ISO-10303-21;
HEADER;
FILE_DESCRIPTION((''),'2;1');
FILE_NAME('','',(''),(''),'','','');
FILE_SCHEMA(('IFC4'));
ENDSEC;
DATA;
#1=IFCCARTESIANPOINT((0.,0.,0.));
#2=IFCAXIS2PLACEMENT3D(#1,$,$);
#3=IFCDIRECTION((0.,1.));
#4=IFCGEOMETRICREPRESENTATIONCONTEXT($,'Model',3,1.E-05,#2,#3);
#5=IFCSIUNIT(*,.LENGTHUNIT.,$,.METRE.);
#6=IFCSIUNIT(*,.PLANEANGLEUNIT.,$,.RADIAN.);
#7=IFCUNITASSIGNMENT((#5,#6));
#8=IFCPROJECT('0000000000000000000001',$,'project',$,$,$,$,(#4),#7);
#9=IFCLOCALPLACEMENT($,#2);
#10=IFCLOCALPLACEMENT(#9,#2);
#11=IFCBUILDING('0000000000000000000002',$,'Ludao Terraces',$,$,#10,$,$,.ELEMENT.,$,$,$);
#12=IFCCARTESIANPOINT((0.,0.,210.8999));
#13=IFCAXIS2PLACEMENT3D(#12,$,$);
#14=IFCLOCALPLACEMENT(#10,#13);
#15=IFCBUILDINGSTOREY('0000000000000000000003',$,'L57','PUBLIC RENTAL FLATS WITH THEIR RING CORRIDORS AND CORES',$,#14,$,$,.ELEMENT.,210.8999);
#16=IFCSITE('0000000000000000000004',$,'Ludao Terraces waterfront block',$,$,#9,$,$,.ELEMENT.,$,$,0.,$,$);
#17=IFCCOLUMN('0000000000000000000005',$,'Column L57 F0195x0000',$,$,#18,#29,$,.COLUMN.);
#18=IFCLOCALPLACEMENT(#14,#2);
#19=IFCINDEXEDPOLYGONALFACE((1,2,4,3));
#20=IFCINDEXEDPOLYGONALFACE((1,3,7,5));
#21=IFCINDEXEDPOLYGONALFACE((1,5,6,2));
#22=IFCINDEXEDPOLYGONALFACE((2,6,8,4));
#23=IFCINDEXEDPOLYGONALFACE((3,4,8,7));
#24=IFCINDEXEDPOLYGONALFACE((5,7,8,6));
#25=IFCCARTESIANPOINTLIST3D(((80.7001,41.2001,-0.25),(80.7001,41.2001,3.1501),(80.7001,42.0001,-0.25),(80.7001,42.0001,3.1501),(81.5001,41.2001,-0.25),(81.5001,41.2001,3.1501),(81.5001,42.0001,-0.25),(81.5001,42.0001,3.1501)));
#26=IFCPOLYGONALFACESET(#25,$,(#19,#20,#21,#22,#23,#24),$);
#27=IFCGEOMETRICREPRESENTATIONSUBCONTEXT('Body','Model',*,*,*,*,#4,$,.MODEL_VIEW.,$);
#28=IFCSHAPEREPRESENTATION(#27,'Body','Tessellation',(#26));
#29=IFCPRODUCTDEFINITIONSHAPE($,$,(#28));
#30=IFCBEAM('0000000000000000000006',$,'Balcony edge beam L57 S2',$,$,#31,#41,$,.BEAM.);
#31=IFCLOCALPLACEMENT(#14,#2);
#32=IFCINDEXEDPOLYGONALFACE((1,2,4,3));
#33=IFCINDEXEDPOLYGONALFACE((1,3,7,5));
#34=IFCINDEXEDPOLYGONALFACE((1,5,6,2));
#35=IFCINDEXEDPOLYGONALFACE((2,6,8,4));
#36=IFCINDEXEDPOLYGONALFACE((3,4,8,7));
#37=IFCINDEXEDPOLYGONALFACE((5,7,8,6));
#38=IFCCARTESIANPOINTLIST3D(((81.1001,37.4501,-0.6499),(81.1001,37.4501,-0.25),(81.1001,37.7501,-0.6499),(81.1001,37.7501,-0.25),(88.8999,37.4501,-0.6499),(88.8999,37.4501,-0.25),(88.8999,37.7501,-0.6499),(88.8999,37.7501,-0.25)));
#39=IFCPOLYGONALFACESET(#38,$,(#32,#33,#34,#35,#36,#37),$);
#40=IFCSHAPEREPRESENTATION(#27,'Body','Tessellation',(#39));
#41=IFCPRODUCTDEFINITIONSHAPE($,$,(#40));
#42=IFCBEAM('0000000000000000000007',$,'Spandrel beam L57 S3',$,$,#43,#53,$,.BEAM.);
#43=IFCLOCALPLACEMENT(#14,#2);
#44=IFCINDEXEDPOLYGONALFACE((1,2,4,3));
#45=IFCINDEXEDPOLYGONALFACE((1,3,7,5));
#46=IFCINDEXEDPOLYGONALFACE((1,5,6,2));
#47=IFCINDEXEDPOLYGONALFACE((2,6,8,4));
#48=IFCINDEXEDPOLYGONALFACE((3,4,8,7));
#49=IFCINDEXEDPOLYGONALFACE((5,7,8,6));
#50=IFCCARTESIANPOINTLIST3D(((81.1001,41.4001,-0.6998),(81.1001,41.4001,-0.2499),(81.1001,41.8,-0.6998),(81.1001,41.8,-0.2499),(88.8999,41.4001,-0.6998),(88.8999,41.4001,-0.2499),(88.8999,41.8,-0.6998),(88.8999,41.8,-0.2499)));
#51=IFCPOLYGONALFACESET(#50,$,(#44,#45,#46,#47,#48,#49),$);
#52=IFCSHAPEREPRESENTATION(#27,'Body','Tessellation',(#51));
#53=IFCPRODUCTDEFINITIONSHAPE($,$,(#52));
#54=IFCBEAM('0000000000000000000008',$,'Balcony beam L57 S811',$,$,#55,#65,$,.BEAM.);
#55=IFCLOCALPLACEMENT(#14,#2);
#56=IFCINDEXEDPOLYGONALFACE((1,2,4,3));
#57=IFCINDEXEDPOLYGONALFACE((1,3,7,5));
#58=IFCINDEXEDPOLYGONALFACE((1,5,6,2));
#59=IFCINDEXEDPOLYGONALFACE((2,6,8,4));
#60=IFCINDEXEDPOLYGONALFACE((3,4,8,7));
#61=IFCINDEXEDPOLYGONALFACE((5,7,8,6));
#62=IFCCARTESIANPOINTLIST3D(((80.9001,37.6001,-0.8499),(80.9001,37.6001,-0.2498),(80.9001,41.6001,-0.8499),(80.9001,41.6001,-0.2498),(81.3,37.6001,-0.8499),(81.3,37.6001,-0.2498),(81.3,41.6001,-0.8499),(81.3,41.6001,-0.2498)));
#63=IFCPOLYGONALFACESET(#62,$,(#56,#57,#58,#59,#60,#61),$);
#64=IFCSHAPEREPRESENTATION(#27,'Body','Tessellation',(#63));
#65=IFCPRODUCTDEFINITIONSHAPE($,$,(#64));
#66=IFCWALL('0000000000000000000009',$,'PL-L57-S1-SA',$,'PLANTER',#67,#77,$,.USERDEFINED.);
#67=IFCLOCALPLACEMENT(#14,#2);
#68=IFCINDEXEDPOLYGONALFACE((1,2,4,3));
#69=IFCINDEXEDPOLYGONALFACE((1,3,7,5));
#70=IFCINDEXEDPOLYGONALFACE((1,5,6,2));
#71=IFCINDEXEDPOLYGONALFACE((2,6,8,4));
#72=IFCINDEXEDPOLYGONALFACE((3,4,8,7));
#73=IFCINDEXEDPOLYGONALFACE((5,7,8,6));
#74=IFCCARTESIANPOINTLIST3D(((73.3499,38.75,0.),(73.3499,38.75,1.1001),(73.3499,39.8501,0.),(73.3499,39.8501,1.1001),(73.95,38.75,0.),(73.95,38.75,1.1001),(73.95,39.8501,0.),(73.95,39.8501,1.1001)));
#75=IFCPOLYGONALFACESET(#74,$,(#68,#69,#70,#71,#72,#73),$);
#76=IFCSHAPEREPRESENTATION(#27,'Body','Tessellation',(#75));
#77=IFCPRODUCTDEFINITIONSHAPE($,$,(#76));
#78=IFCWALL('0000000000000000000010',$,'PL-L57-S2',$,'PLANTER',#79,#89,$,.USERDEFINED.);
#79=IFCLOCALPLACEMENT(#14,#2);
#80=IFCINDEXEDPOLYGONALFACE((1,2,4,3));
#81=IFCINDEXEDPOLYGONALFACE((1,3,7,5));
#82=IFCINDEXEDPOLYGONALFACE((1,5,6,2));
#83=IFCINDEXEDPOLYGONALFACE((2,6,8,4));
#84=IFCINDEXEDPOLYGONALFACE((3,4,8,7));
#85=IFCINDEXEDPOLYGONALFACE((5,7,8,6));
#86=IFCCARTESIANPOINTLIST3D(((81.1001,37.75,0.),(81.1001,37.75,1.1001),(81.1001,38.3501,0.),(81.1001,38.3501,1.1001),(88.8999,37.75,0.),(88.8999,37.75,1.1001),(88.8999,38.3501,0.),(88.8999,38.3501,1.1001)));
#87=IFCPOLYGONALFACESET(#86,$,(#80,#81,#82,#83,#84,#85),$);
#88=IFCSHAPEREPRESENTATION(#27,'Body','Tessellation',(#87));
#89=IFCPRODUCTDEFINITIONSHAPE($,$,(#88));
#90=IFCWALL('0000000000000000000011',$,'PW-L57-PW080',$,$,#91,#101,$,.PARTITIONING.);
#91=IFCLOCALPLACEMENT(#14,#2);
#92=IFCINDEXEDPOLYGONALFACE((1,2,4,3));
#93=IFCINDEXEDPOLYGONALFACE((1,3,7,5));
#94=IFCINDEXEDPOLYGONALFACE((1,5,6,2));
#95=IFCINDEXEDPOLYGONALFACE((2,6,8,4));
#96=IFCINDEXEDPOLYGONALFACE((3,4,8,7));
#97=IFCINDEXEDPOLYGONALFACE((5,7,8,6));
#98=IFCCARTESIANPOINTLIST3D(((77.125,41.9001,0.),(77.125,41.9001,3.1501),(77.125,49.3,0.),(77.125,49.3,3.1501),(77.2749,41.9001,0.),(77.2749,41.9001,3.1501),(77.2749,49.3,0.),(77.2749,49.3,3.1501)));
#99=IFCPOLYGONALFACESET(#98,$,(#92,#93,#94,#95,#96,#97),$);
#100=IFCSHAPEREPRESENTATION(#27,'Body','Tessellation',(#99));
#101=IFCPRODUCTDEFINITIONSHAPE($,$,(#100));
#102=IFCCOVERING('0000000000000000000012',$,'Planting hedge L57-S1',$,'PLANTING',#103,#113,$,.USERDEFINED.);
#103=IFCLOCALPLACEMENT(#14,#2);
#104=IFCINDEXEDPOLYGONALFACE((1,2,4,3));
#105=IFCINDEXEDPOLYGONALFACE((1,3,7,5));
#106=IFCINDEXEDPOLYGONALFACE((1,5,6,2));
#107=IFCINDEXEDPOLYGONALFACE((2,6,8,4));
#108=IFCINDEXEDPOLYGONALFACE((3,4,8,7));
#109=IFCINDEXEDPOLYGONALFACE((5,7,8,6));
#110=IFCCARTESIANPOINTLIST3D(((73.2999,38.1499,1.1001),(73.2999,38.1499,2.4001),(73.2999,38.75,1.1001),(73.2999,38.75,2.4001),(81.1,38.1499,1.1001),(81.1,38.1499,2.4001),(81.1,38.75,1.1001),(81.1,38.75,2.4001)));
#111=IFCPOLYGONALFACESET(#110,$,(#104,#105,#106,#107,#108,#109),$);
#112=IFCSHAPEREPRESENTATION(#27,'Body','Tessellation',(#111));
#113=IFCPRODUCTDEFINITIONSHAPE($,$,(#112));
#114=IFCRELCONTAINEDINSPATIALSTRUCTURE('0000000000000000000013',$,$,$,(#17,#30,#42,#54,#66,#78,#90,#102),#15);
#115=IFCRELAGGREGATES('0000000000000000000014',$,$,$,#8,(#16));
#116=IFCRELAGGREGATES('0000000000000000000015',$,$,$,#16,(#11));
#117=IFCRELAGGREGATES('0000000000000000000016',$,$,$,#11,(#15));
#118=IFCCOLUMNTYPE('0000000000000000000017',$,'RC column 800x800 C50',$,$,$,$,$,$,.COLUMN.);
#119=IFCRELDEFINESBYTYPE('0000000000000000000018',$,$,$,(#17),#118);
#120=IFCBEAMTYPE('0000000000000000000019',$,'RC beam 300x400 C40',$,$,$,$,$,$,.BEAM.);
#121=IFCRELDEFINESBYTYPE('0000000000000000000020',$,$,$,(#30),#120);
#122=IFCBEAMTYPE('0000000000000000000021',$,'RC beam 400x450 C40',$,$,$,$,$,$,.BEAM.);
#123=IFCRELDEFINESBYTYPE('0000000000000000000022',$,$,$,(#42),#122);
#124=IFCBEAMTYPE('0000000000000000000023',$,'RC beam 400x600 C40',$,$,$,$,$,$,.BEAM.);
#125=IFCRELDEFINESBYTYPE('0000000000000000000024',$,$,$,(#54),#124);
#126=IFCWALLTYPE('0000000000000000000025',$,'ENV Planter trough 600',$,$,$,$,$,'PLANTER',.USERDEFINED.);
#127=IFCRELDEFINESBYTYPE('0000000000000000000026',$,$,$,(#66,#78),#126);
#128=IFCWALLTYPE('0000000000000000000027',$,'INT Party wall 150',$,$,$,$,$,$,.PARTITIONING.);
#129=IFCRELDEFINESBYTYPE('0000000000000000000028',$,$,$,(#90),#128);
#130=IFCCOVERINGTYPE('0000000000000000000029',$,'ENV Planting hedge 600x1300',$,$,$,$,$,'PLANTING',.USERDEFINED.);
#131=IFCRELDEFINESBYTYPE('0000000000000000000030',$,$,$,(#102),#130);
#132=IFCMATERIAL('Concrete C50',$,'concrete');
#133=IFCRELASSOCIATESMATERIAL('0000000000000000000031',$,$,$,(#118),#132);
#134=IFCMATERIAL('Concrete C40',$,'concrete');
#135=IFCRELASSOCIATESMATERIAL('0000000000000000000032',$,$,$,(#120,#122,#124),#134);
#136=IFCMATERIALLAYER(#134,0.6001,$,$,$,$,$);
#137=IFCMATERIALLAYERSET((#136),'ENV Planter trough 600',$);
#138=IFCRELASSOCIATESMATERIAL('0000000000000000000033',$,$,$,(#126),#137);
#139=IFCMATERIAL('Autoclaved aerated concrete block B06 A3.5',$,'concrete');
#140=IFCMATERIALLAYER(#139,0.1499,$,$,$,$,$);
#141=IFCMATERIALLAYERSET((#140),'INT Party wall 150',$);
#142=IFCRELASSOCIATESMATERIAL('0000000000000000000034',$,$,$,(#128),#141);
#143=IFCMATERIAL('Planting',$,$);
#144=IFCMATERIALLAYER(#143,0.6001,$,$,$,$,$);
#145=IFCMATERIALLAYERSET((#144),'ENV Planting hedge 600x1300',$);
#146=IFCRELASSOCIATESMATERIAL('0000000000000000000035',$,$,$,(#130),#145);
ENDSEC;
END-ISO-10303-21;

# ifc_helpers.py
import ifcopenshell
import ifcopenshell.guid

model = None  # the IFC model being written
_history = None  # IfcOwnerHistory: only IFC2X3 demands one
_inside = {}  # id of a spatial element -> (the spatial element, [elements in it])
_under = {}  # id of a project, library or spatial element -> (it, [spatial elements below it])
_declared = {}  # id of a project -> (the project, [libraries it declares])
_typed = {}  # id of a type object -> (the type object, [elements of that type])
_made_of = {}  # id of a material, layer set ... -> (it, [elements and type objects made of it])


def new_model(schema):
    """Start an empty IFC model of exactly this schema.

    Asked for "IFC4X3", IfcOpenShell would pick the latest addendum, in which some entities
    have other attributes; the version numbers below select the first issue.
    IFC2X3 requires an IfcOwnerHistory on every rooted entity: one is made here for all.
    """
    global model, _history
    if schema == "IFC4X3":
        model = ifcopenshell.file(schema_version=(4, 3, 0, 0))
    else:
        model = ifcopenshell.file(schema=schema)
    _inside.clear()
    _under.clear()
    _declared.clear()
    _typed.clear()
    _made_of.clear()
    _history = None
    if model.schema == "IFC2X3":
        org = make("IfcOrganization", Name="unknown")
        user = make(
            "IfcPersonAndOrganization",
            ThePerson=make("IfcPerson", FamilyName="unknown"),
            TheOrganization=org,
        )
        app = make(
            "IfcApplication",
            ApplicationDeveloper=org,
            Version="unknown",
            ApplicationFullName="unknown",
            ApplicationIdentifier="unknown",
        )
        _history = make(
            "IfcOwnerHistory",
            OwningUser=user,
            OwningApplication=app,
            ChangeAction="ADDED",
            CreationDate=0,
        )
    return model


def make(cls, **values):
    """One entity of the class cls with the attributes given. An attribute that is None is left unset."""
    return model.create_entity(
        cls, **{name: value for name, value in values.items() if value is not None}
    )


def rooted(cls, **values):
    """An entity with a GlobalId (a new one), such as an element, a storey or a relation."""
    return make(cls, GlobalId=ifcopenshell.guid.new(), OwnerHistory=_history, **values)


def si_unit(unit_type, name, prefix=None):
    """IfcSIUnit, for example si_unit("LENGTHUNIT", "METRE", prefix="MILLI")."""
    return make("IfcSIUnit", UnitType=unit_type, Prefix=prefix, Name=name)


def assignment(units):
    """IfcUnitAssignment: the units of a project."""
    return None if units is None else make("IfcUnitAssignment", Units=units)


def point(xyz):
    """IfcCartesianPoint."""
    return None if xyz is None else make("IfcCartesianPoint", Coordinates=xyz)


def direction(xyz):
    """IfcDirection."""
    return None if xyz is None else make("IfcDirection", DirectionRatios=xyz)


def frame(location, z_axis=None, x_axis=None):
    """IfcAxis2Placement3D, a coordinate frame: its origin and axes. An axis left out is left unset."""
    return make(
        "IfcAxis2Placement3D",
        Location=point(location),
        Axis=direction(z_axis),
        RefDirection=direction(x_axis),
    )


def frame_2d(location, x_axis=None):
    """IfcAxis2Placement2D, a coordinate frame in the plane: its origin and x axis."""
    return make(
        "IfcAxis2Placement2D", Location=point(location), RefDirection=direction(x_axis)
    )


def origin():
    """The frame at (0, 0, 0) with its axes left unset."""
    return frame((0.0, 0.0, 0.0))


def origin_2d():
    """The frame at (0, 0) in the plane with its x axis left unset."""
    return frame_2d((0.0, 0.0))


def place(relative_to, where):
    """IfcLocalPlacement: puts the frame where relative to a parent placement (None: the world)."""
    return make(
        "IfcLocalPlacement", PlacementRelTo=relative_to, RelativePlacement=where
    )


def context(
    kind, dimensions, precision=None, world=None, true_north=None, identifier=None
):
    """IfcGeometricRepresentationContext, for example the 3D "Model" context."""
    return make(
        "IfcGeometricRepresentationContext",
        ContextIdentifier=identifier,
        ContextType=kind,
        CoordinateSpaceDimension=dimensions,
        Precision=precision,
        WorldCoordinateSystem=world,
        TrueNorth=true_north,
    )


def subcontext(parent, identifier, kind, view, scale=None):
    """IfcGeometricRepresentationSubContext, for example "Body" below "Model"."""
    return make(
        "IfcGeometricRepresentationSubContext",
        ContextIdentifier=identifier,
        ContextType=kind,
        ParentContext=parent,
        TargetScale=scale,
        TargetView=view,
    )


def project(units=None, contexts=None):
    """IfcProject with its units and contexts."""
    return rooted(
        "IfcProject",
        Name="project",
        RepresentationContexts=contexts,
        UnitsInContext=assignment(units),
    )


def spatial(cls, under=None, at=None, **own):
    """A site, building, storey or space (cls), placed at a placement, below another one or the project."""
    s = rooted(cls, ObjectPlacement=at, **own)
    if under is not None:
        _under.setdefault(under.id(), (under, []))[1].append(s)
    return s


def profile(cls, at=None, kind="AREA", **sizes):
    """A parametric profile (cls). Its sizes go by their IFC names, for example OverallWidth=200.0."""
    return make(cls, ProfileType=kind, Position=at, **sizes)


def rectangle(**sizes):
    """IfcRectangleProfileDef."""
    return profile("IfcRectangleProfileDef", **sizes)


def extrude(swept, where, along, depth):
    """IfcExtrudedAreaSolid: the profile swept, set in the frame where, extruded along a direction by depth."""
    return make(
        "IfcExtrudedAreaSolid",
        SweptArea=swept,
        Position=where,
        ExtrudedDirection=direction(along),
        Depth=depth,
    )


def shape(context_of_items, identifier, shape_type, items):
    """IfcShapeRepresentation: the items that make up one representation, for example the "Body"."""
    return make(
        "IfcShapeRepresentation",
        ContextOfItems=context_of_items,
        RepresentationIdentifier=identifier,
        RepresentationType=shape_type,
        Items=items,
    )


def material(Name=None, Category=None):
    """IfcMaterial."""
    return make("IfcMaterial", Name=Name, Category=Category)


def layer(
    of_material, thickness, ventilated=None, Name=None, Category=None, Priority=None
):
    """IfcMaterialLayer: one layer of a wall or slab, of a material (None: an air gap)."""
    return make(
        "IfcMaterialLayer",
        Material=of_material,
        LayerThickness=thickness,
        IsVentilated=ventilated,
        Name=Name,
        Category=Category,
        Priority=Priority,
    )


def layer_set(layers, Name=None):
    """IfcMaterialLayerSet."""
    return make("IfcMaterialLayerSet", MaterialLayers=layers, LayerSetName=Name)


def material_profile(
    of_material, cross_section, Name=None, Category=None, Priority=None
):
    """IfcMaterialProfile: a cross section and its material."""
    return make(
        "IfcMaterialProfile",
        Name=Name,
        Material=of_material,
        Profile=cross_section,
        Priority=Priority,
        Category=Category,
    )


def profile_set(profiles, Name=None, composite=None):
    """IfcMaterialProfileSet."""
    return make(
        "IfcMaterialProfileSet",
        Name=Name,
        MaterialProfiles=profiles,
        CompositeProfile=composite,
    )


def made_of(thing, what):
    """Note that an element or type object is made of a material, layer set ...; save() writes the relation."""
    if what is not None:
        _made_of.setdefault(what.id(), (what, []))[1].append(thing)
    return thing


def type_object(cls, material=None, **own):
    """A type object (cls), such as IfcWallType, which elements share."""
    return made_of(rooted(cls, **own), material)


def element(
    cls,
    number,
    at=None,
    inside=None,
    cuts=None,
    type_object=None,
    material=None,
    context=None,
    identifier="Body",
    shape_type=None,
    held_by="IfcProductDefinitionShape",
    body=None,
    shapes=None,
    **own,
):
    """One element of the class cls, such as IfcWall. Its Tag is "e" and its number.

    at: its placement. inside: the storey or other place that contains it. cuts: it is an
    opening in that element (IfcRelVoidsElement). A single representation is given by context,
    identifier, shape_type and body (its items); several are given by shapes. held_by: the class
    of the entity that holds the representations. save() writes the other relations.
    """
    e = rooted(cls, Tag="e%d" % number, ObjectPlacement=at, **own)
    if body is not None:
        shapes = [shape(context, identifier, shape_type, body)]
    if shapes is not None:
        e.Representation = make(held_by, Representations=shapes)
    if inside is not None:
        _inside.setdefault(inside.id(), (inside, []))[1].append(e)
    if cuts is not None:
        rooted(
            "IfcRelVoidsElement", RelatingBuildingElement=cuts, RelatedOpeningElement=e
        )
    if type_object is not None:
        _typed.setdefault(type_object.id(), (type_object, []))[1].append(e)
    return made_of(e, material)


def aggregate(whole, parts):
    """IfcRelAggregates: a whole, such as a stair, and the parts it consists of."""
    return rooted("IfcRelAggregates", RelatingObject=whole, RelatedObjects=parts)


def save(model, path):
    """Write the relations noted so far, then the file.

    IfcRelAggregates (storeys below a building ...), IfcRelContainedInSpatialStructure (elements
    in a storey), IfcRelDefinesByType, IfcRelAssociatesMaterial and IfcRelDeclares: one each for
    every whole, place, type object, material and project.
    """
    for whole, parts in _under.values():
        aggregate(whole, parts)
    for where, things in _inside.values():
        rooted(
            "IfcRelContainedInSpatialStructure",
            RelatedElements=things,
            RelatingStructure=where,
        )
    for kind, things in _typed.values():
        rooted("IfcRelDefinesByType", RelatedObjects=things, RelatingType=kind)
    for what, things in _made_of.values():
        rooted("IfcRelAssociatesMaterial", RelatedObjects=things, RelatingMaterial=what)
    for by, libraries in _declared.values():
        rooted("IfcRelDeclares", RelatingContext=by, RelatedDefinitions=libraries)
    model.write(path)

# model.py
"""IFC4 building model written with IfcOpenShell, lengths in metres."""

from ifc_helpers import new_model, si_unit, direction, frame, frame_2d, origin, origin_2d, place, context, subcontext, project, spatial, rectangle, extrude, material, layer, layer_set, material_profile, profile_set, type_object, element, save


model = new_model("IFC4")

# Units and contexts
model_context = context("Model", 3, precision=1e-05, world=origin(), true_north=direction((0.0, 1.0)))
body_context = subcontext(model_context, "Body", "Model", "MODEL_VIEW")
ifc_project = project(units=[si_unit("LENGTHUNIT", "METRE"), si_unit("PLANEANGLEUNIT", "RADIAN")], contexts=[model_context])

# Site, building, storey
site_placement = place(None, origin())
site = spatial("IfcSite", under=ifc_project, at=site_placement, Name="Ludao Terraces waterfront block", CompositionType="ELEMENT", RefElevation=0.0)
building_placement = place(site_placement, origin())
building = spatial("IfcBuilding", under=site, at=building_placement, Name="Ludao Terraces", CompositionType="ELEMENT")
storey_placement = place(building_placement, frame((0.0, 0.0, 210.8999)))
storey = spatial("IfcBuildingStorey", under=building, at=storey_placement, Name="L57", Description="PUBLIC RENTAL FLATS WITH THEIR RING CORRIDORS AND CORES", CompositionType="ELEMENT", Elevation=210.8999)

# Column
ifc_material_1 = material(Name="Concrete C50", Category="concrete")
ifc_material_profile_1 = material_profile(ifc_material_1, rectangle(XDim=0.8, YDim=0.8, at=origin_2d()), Name="800 X 800")
ifc_profile_set_1 = profile_set([ifc_material_profile_1], Name="Concrete C50")
column_type = type_object("IfcColumnType", Name="RC column 800x800 C50", PredefinedType="COLUMN", material=ifc_profile_set_1)
column_placement = place(storey_placement, frame((81.1001, 41.6001, -0.25), z_axis=(0.0, 0.0, 1.0), x_axis=(1.0, 0.0, 0.0)))
element("IfcColumn", 1, at=column_placement, inside=storey, type_object=column_type, Name="Column L57 F0195x0000", PredefinedType="COLUMN", context=body_context, shape_type="SweptSolid", body=[
    extrude(rectangle(XDim=0.8, YDim=0.8, at=origin_2d()), origin(), (0.0, 0.0, 1.0), 3.4001),
])

# Beams
ifc_material_2 = material(Name="Concrete C40", Category="concrete")
ifc_material_profile_2 = material_profile(ifc_material_2, rectangle(XDim=0.3, YDim=0.3999, at=origin_2d()), Name="300 X 400")
ifc_profile_set_2 = profile_set([ifc_material_profile_2], Name="Concrete C40")
beam_type_1 = type_object("IfcBeamType", Name="RC beam 300x400 C40", PredefinedType="BEAM", material=ifc_profile_set_2)
beam_1_placement = place(storey_placement, frame((81.1001, 37.6001, -0.45), z_axis=(1.0, 0.0, 0.0), x_axis=(0.0, 1.0, 0.0)))
element("IfcBeam", 2, at=beam_1_placement, inside=storey, type_object=beam_type_1, Name="Balcony edge beam L57 S2", PredefinedType="BEAM", context=body_context, shape_type="SweptSolid", body=[
    extrude(rectangle(XDim=0.3, YDim=0.3999, at=origin_2d()), origin(), (0.0, 0.0, 1.0), 7.7998),
])
ifc_material_profile_3 = material_profile(ifc_material_2, rectangle(XDim=0.3999, YDim=0.45, at=origin_2d()), Name="400 X 450")
ifc_profile_set_3 = profile_set([ifc_material_profile_3], Name="Concrete C40")
beam_type_2 = type_object("IfcBeamType", Name="RC beam 400x450 C40", PredefinedType="BEAM", material=ifc_profile_set_3)
beam_2_placement = place(storey_placement, frame((81.1001, 41.6001, -0.4749), z_axis=(1.0, 0.0, 0.0), x_axis=(0.0, 1.0, 0.0)))
element("IfcBeam", 3, at=beam_2_placement, inside=storey, type_object=beam_type_2, Name="Spandrel beam L57 S3", PredefinedType="BEAM", context=body_context, shape_type="SweptSolid", body=[
    extrude(rectangle(XDim=0.3999, YDim=0.45, at=origin_2d()), origin(), (0.0, 0.0, 1.0), 7.7998),
])
ifc_material_profile_4 = material_profile(ifc_material_2, rectangle(XDim=0.3999, YDim=0.6001, at=origin_2d()), Name="400 X 600")
ifc_profile_set_4 = profile_set([ifc_material_profile_4], Name="Concrete C40")
beam_type_3 = type_object("IfcBeamType", Name="RC beam 400x600 C40", PredefinedType="BEAM", material=ifc_profile_set_4)
beam_3_placement = place(storey_placement, frame((81.1001, 41.6001, -0.5498), z_axis=(0.0, -1.0, 0.0), x_axis=(1.0, 0.0, 0.0)))
element("IfcBeam", 4, at=beam_3_placement, inside=storey, type_object=beam_type_3, Name="Balcony beam L57 S811", PredefinedType="BEAM", context=body_context, shape_type="SweptSolid", body=[
    extrude(rectangle(XDim=0.3999, YDim=0.6001, at=origin_2d()), origin(), (0.0, 0.0, 1.0), 4.0),
])

# Walls
ifc_layer_1 = layer(ifc_material_2, 0.6001)
ifc_layer_set_1 = layer_set([ifc_layer_1], Name="ENV Planter trough 600")
wall_type_1 = type_object("IfcWallType", Name="ENV Planter trough 600", ElementType="PLANTER", PredefinedType="USERDEFINED", material=ifc_layer_set_1)
wall_1_placement = place(storey_placement, frame((73.6499, 38.75, 0.0), z_axis=(0.0, 0.0, 1.0), x_axis=(0.0, 1.0, 0.0)))
element("IfcWall", 5, at=wall_1_placement, inside=storey, type_object=wall_type_1, Name="PL-L57-S1-SA", ObjectType="PLANTER", PredefinedType="USERDEFINED", context=body_context, shape_type="SweptSolid", body=[
    extrude(rectangle(XDim=1.1001, YDim=0.6001, at=frame_2d((0.55, 0.0))), origin(), (0.0, 0.0, 1.0), 1.1001),
])
wall_2_placement = place(storey_placement, frame((81.1001, 38.05, 0.0), z_axis=(0.0, 0.0, 1.0), x_axis=(1.0, 0.0, 0.0)))
element("IfcWall", 6, at=wall_2_placement, inside=storey, type_object=wall_type_1, Name="PL-L57-S2", ObjectType="PLANTER", PredefinedType="USERDEFINED", context=body_context, shape_type="SweptSolid", body=[
    extrude(rectangle(XDim=7.7998, YDim=0.6001, at=frame_2d((3.8999, 0.0))), origin(), (0.0, 0.0, 1.0), 1.1001),
])

# Wall
ifc_material_3 = material(Name="Autoclaved aerated concrete block B06 A3.5", Category="concrete")
ifc_layer_2 = layer(ifc_material_3, 0.1499)
ifc_layer_set_2 = layer_set([ifc_layer_2], Name="INT Party wall 150")
wall_type_2 = type_object("IfcWallType", Name="INT Party wall 150", PredefinedType="PARTITIONING", material=ifc_layer_set_2)
wall_3_placement = place(storey_placement, frame((77.2, 41.9001, 0.0), z_axis=(0.0, 0.0, 1.0), x_axis=(0.0, 1.0, 0.0)))
element("IfcWall", 7, at=wall_3_placement, inside=storey, type_object=wall_type_2, Name="PW-L57-PW080", PredefinedType="PARTITIONING", context=body_context, shape_type="SweptSolid", body=[
    extrude(rectangle(XDim=7.3999, YDim=0.1499, at=frame_2d((3.7, 0.0))), origin(), (0.0, 0.0, 1.0), 3.1501),
])

# Covering
ifc_material_4 = material(Name="Planting")
ifc_layer_3 = layer(ifc_material_4, 0.6001)
ifc_layer_set_3 = layer_set([ifc_layer_3], Name="ENV Planting hedge 600x1300")
covering_type = type_object("IfcCoveringType", Name="ENV Planting hedge 600x1300", ElementType="PLANTING", PredefinedType="USERDEFINED", material=ifc_layer_set_3)
covering_placement = place(storey_placement, frame((77.2, 38.45, 1.1001), z_axis=(0.0, 0.0, 1.0), x_axis=(1.0, 0.0, 0.0)))
element("IfcCovering", 8, at=covering_placement, inside=storey, type_object=covering_type, Name="Planting hedge L57-S1", ObjectType="PLANTING", PredefinedType="USERDEFINED", context=body_context, shape_type="SweptSolid", body=[
    extrude(rectangle(XDim=7.8, YDim=0.6001, at=origin_2d()), origin(), (0.0, 0.0, 1.0), 1.3),
])

save(model, "model.ifc")
